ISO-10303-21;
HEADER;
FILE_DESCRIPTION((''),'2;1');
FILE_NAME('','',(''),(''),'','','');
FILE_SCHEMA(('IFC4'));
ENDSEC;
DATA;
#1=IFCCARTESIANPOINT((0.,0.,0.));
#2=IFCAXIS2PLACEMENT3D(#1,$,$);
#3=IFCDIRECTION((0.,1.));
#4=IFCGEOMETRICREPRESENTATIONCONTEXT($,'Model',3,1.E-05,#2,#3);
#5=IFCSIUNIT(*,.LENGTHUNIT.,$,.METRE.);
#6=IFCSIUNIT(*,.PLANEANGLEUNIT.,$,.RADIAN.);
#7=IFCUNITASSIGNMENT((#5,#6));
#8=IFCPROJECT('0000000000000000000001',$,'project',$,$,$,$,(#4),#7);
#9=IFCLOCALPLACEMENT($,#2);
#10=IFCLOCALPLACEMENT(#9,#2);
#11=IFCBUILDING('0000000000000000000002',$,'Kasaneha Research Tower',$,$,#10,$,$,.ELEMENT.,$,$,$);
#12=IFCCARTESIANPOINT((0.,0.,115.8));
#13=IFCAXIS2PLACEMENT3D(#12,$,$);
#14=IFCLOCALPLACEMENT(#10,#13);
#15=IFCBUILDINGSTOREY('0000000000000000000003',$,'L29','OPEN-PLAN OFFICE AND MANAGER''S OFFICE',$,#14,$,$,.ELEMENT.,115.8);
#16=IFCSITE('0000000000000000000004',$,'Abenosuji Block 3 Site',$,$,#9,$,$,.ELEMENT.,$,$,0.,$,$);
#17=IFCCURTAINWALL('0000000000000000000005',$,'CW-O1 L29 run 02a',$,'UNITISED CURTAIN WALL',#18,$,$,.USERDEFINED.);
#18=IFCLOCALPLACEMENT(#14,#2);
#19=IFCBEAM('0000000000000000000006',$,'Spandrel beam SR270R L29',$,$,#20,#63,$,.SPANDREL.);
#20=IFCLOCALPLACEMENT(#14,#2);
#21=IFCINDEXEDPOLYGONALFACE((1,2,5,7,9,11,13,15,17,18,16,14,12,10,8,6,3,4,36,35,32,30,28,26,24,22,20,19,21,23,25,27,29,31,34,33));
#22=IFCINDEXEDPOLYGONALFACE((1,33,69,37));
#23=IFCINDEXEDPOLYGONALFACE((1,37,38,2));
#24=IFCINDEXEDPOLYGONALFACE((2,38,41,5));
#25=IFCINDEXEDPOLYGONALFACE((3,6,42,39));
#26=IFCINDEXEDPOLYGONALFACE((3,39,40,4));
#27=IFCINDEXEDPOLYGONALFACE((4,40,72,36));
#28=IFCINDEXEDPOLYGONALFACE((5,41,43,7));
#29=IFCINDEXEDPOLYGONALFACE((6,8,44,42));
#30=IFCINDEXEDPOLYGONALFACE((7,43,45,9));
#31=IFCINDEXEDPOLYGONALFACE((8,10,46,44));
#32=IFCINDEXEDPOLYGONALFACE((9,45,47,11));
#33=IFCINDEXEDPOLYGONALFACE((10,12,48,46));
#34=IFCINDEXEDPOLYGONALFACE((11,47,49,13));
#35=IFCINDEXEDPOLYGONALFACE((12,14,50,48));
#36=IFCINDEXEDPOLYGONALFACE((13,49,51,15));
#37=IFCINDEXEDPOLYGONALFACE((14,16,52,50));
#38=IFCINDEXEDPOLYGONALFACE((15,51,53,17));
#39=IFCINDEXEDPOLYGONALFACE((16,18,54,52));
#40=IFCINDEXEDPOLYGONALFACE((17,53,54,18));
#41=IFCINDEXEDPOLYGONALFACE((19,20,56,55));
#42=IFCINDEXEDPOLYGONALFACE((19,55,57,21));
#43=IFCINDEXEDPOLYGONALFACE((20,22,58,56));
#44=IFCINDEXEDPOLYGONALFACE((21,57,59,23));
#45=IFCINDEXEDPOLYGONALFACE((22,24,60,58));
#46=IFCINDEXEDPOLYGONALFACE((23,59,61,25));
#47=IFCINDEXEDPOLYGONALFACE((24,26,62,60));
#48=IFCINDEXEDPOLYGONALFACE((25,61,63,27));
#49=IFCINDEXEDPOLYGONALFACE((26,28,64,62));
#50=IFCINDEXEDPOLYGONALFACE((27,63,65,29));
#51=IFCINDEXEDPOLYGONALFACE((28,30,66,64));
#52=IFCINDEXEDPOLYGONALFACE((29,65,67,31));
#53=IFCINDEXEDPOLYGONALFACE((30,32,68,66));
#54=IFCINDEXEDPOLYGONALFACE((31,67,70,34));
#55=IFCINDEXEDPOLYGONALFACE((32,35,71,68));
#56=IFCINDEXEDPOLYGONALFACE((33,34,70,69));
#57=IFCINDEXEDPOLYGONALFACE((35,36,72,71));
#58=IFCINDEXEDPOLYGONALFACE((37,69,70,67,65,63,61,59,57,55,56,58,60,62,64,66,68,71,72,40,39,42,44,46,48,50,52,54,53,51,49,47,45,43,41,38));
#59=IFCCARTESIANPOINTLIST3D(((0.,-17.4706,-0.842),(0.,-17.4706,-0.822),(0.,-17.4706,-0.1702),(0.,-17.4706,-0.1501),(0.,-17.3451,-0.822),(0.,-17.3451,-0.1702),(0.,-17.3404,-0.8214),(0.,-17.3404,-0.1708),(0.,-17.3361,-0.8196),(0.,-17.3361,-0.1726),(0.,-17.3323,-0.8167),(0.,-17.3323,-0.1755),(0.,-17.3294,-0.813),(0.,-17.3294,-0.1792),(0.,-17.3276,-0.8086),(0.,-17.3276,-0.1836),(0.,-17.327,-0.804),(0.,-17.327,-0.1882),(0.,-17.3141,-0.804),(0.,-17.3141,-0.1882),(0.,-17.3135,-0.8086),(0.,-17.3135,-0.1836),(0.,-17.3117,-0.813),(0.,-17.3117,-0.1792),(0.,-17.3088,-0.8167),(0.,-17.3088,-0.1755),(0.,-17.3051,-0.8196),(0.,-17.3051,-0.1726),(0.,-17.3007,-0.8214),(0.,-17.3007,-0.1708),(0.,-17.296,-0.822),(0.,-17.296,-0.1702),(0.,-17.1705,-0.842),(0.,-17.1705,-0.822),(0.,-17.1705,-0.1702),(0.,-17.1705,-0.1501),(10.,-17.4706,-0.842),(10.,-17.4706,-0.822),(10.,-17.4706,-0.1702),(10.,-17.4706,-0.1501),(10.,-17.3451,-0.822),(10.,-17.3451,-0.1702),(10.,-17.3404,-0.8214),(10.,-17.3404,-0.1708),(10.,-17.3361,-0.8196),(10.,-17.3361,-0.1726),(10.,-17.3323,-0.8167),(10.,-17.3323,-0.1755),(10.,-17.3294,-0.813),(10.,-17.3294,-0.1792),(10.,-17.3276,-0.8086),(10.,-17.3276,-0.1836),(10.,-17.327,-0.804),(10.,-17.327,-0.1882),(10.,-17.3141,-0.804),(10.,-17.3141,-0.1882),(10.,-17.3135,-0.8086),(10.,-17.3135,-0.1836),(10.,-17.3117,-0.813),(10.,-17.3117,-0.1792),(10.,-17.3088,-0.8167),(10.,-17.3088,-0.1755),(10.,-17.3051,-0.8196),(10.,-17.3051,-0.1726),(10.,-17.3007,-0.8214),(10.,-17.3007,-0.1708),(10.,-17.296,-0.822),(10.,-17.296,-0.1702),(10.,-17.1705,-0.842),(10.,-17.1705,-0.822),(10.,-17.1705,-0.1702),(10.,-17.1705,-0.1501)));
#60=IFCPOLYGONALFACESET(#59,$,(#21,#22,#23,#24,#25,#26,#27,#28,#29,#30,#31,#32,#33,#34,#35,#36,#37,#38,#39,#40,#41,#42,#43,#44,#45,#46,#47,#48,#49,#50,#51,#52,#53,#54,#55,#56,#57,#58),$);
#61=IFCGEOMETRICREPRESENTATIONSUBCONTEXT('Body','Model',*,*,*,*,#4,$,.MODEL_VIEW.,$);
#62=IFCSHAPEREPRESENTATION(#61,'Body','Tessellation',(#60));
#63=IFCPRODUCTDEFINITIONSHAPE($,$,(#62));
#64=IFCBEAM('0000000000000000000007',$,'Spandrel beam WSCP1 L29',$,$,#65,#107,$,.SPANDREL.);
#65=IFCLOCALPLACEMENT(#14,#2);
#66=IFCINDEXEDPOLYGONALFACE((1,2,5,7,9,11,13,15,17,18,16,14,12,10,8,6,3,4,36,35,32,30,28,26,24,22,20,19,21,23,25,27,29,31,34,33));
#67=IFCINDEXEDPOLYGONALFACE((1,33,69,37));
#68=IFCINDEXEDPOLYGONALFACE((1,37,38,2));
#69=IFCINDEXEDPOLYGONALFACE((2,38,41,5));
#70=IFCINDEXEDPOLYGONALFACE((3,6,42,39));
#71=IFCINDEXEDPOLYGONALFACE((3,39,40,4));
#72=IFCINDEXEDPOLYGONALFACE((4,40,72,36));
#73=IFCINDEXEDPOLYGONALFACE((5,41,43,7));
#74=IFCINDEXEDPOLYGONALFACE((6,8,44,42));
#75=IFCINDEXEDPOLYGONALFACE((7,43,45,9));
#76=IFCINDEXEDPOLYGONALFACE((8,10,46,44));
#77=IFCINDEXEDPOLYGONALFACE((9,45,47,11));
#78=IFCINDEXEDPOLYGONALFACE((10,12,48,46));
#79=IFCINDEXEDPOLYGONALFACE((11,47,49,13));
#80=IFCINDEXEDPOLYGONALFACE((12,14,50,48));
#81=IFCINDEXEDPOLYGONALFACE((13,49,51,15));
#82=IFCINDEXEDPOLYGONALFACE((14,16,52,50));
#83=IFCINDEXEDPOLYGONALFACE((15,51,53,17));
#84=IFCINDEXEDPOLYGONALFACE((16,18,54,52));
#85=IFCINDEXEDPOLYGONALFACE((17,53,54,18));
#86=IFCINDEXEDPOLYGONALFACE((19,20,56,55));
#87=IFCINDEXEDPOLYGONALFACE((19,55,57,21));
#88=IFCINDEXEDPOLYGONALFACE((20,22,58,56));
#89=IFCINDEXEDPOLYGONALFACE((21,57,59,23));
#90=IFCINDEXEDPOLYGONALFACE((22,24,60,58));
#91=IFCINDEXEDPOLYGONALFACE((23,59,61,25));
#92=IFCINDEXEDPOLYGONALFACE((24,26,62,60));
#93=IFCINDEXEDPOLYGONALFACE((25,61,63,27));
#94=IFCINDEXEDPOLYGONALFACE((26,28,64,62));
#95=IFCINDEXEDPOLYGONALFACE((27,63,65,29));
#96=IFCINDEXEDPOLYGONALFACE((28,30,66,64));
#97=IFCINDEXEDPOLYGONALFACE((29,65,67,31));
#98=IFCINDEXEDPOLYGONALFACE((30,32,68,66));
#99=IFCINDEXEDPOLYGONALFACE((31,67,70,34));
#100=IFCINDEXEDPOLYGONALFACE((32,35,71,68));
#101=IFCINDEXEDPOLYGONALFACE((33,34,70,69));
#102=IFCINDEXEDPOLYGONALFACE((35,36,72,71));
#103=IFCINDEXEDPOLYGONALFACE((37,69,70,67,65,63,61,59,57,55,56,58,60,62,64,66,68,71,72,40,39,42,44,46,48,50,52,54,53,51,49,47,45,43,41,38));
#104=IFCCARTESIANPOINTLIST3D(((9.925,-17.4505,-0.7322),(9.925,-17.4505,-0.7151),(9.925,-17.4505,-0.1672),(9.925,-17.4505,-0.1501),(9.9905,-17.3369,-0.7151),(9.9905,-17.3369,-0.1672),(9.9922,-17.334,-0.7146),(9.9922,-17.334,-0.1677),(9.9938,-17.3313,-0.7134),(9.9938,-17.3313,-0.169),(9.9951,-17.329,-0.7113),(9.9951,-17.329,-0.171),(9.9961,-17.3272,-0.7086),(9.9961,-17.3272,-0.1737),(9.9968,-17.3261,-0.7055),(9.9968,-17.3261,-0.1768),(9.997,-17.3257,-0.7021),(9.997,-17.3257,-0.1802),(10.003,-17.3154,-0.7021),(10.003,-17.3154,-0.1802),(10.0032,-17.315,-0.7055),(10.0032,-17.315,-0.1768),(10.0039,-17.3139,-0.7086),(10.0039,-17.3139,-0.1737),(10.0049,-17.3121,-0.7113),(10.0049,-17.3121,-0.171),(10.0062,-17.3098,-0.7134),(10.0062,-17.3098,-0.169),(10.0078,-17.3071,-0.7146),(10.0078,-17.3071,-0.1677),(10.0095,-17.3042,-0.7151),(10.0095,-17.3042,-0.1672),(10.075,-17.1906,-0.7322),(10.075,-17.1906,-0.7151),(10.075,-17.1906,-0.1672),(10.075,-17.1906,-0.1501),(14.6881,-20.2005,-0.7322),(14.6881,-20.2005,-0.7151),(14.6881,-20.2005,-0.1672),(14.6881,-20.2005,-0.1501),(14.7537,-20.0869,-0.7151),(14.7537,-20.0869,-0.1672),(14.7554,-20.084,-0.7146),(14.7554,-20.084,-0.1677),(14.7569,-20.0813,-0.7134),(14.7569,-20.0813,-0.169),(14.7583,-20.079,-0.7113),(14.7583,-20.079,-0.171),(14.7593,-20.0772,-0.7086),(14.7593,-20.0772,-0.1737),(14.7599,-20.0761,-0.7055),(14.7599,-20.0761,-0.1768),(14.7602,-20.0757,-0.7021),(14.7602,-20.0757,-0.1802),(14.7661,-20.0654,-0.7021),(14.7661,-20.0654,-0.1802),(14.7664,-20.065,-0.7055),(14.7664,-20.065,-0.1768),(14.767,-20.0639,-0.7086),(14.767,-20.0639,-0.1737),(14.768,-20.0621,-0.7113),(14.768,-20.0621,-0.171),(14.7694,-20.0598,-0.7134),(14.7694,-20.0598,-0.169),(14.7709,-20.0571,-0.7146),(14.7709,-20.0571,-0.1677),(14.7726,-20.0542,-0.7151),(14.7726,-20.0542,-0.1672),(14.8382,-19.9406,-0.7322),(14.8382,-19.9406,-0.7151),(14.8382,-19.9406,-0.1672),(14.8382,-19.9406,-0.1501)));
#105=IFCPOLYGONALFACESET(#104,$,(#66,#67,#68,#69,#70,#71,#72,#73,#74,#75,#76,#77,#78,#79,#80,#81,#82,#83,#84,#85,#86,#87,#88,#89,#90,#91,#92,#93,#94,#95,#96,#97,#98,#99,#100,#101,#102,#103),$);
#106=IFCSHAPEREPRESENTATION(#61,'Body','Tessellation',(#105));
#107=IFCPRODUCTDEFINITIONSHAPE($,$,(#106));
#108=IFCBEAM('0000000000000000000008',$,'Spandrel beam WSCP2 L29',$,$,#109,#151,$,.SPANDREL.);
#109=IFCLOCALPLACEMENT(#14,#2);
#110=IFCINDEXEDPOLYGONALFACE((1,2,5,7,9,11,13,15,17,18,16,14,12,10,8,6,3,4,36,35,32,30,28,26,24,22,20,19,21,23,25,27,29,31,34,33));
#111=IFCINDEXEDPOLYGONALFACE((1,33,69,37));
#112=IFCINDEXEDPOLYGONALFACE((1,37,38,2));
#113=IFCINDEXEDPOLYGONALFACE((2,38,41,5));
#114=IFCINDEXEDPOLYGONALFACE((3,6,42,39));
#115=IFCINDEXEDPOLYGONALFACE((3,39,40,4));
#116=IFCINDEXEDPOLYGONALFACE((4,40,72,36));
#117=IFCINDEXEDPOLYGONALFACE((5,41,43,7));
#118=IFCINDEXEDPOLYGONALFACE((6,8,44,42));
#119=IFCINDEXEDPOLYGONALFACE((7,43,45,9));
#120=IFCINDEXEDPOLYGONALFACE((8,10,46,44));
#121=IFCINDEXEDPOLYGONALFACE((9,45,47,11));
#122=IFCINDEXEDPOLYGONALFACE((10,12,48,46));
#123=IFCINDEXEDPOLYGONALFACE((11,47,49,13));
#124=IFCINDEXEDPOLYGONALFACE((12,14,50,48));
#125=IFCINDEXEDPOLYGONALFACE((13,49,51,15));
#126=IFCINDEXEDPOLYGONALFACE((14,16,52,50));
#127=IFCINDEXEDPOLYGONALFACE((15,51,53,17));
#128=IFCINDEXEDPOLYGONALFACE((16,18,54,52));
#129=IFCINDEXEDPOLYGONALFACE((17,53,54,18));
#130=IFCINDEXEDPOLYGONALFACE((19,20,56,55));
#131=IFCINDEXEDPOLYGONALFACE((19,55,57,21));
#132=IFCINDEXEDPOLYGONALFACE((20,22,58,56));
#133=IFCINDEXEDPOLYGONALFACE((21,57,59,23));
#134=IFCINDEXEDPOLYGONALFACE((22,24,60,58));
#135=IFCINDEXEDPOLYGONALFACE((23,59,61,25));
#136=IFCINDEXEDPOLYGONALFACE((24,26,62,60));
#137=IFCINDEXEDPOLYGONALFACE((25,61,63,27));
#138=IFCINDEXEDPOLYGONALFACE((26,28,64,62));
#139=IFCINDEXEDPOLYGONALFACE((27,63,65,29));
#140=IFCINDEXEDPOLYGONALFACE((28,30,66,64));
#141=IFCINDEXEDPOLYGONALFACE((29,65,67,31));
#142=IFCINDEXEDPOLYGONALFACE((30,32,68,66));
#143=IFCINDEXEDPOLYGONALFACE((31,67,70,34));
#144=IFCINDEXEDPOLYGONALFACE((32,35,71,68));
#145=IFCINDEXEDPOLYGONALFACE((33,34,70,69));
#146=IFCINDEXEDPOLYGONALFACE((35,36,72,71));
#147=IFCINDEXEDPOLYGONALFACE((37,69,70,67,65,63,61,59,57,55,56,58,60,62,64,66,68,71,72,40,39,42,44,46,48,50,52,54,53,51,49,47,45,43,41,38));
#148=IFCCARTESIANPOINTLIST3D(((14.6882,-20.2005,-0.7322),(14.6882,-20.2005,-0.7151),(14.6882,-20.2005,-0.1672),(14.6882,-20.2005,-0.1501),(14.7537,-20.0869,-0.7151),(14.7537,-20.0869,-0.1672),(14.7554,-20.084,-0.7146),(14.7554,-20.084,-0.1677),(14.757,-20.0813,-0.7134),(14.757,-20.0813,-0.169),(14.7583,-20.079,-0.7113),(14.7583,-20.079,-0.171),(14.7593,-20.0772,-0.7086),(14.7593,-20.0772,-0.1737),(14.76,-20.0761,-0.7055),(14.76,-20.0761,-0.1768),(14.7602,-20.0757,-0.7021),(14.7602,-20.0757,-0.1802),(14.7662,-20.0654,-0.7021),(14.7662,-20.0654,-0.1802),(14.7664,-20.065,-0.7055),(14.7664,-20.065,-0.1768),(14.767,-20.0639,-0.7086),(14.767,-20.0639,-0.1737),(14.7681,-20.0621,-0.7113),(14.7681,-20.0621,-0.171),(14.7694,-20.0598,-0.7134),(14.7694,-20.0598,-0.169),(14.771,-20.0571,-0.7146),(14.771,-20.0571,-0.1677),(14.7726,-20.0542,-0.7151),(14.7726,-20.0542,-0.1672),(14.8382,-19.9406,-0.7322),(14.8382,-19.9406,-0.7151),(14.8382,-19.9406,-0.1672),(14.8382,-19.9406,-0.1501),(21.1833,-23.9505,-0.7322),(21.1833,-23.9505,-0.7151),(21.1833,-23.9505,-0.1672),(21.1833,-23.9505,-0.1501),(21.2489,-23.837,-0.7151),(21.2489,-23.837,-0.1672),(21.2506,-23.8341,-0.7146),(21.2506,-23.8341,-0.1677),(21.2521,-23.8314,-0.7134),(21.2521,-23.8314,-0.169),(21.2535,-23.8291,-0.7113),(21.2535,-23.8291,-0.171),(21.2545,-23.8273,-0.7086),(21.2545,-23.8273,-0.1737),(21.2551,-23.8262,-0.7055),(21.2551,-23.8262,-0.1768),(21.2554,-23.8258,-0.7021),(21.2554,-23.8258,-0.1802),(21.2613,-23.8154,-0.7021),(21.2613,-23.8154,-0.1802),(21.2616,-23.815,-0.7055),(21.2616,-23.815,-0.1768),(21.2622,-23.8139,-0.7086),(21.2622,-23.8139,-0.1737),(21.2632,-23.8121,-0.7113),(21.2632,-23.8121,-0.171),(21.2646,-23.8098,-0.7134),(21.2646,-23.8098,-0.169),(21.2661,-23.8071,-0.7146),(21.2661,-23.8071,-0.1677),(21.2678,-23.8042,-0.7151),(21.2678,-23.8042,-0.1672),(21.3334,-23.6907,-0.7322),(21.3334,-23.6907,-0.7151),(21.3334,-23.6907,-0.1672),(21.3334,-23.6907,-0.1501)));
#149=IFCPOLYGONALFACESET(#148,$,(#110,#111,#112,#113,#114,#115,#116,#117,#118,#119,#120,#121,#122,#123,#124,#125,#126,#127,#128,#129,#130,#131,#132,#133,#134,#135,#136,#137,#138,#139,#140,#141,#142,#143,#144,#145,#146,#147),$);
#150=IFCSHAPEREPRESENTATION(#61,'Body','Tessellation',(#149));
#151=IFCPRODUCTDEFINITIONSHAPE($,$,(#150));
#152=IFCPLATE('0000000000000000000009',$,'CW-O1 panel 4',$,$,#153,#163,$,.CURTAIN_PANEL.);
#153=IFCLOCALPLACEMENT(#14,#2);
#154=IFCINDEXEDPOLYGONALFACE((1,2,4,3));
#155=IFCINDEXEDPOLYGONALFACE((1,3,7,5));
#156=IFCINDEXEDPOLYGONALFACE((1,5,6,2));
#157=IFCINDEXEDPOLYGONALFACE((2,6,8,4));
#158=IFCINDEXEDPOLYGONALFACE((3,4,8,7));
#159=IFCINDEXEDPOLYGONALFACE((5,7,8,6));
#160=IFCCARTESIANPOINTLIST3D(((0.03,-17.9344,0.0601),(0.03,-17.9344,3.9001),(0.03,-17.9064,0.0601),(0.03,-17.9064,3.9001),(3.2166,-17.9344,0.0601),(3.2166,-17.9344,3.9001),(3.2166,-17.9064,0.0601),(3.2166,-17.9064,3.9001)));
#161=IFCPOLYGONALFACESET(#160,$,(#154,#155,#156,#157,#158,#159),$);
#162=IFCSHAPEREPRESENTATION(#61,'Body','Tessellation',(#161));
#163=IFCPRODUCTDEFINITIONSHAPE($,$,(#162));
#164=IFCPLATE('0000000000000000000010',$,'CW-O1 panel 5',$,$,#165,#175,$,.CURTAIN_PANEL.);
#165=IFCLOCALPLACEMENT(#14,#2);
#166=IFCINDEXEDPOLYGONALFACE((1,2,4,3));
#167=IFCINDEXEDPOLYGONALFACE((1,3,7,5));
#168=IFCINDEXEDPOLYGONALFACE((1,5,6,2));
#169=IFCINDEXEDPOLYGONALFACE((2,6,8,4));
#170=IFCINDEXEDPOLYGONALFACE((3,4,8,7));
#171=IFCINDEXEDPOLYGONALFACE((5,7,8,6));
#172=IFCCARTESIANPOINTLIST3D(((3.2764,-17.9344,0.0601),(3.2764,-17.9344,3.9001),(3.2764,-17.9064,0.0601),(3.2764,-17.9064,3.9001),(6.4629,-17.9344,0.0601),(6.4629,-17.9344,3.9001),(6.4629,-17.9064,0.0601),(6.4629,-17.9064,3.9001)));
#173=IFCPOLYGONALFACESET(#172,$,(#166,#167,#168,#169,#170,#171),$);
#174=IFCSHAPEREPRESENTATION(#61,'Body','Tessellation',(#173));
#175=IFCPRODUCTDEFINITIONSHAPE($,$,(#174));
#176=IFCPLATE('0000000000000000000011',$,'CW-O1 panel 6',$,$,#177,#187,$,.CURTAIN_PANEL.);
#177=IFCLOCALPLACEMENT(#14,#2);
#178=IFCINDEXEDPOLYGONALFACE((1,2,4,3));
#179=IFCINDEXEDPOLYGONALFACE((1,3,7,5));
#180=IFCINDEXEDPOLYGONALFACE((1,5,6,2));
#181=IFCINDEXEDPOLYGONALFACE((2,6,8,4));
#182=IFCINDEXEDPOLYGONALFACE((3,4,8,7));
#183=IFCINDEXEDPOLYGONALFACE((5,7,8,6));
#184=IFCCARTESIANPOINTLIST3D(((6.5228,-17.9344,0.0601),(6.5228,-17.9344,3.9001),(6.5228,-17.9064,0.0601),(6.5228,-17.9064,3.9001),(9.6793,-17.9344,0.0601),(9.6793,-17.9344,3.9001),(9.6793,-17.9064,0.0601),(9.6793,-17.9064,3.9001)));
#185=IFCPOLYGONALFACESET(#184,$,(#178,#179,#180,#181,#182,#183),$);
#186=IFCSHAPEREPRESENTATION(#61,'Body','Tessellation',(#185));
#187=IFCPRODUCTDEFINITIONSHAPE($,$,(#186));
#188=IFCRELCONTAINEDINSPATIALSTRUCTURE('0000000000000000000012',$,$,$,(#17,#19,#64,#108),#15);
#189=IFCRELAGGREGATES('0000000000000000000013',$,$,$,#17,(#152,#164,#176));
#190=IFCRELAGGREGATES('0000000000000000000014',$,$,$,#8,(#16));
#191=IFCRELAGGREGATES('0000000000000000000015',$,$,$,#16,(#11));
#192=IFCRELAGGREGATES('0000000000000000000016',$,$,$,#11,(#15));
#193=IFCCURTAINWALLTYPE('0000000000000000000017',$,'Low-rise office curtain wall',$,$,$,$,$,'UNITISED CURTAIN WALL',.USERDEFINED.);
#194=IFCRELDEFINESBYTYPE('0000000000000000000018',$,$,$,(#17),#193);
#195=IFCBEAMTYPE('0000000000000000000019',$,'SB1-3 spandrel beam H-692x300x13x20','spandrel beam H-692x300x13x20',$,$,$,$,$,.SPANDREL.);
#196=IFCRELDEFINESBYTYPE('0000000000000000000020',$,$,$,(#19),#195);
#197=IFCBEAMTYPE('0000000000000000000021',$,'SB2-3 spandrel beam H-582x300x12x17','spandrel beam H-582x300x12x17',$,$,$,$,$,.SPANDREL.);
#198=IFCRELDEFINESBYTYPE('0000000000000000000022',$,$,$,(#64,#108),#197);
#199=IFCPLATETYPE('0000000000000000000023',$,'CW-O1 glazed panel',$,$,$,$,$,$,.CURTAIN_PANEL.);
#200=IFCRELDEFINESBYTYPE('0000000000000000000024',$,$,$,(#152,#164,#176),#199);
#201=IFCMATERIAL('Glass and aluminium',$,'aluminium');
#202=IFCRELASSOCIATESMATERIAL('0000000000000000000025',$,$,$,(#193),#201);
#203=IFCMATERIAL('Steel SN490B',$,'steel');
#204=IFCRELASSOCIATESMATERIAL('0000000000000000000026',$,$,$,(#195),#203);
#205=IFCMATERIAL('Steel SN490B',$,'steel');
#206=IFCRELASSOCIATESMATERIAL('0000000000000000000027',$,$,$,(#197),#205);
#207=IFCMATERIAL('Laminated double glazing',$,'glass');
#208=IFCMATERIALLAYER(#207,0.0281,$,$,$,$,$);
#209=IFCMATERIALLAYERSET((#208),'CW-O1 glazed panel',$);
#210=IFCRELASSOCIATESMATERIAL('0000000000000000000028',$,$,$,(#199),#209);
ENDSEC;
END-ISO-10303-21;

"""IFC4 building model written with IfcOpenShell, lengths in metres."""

from ifc_helpers import new_model, si_unit, direction, frame, origin, origin_2d, place, context, subcontext, project, spatial, rectangle, i_section, extrude, material, layer, layer_set, material_profile, profile_set, type_object, element, aggregate, save


model = new_model("IFC4")

# Units and contexts
model_context = context("Model", 3, precision=1e-05, world=origin(), true_north=direction((0.0, 1.0)))
body_context = subcontext(model_context, "Body", "Model", "MODEL_VIEW")
ifc_project = project(units=[si_unit("LENGTHUNIT", "METRE"), si_unit("PLANEANGLEUNIT", "RADIAN")], contexts=[model_context])

# Site, building, storey
site_placement = place(None, origin())
site = spatial("IfcSite", under=ifc_project, at=site_placement, Name="Abenosuji Block 3 Site", CompositionType="ELEMENT", RefElevation=0.0)
building_placement = place(site_placement, origin())
building = spatial("IfcBuilding", under=site, at=building_placement, Name="Kasaneha Research Tower", CompositionType="ELEMENT")
storey_placement = place(building_placement, frame((0.0, 0.0, 115.8)))
storey = spatial("IfcBuildingStorey", under=building, at=storey_placement, Name="L29", Description="OPEN-PLAN OFFICE AND MANAGER'S OFFICE", CompositionType="ELEMENT", Elevation=115.8)

# Curtain wall
ifc_material_1 = material(Name="Glass and aluminium", Category="aluminium")
curtain_wall_type = type_object("IfcCurtainWallType", Name="Low-rise office curtain wall", ElementType="UNITISED CURTAIN WALL", PredefinedType="USERDEFINED", material=ifc_material_1)
curtain_wall_1_placement = place(storey_placement, origin())
curtain_wall_1 = element("IfcCurtainWall", 1, at=curtain_wall_1_placement, inside=storey, type_object=curtain_wall_type, Name="CW-O1 L29 run 02a", ObjectType="UNITISED CURTAIN WALL", PredefinedType="USERDEFINED")

# Beams
ifc_material_2 = material(Name="Steel SN490B", Category="steel")
ifc_material_profile_1 = material_profile(ifc_material_2, i_section(OverallWidth=0.3, OverallDepth=0.6919, WebThickness=0.0129, FlangeThickness=0.02, FilletRadius=0.0181, at=origin_2d()), Name="H-692x300x13x20")
ifc_profile_set_1 = profile_set([ifc_material_profile_1], Name="Steel SN490B")
beam_type_1 = type_object("IfcBeamType", Name="SB1-3 spandrel beam H-692x300x13x20", Description="spandrel beam H-692x300x13x20", PredefinedType="SPANDREL", material=ifc_profile_set_1)
beam_1_placement = place(storey_placement, frame((10.0, -17.3206, -0.4961), z_axis=(-1.0, 0.0, 0.0), x_axis=(0.0, -1.0, 0.0)))
element("IfcBeam", 2, at=beam_1_placement, inside=storey, type_object=beam_type_1, Name="Spandrel beam SR270R L29", PredefinedType="SPANDREL", context=body_context, shape_type="SweptSolid", body=[
    extrude(i_section(OverallWidth=0.3, OverallDepth=0.6919, WebThickness=0.0129, FlangeThickness=0.02, FilletRadius=0.0181, at=origin_2d()), origin(), (0.0, 0.0, 1.0), 10.0),
])
ifc_material_3 = material(Name="Steel SN490B", Category="steel")
ifc_material_profile_2 = material_profile(ifc_material_3, i_section(OverallWidth=0.3, OverallDepth=0.582, WebThickness=0.012, FlangeThickness=0.0171, FilletRadius=0.0129, at=origin_2d()), Name="H-582x300x12x17")
ifc_profile_set_2 = profile_set([ifc_material_profile_2], Name="Steel SN490B")
beam_type_2 = type_object("IfcBeamType", Name="SB2-3 spandrel beam H-582x300x12x17", Description="spandrel beam H-582x300x12x17", PredefinedType="SPANDREL", material=ifc_profile_set_2)
beam_2_placement = place(storey_placement, frame((10.0, -17.3206, -0.4412), z_axis=(0.866027, -0.499997, 0.0), x_axis=(0.499997, 0.866027, 0.0)))
element("IfcBeam", 3, at=beam_2_placement, inside=storey, type_object=beam_type_2, Name="Spandrel beam WSCP1 L29", PredefinedType="SPANDREL", context=body_context, shape_type="SweptSolid", body=[
    extrude(i_section(OverallWidth=0.3, OverallDepth=0.582, WebThickness=0.012, FlangeThickness=0.0171, FilletRadius=0.0129, at=origin_2d()), origin(), (0.0, 0.0, 1.0), 5.5),
])
beam_3_placement = place(storey_placement, frame((14.7632, -20.0706, -0.4412), z_axis=(0.866023, -0.500004, 0.0), x_axis=(0.500004, 0.866023, 0.0)))
element("IfcBeam", 4, at=beam_3_placement, inside=storey, type_object=beam_type_2, Name="Spandrel beam WSCP2 L29", PredefinedType="SPANDREL", context=body_context, shape_type="SweptSolid", body=[
    extrude(i_section(OverallWidth=0.3, OverallDepth=0.582, WebThickness=0.012, FlangeThickness=0.0171, FilletRadius=0.0129, at=origin_2d()), origin(), (0.0, 0.0, 1.0), 7.5),
])

# Plates
ifc_material_4 = material(Name="Laminated double glazing", Category="glass")
ifc_layer_1 = layer(ifc_material_4, 0.0281)
ifc_layer_set_1 = layer_set([ifc_layer_1], Name="CW-O1 glazed panel")
plate_type = type_object("IfcPlateType", Name="CW-O1 glazed panel", PredefinedType="CURTAIN_PANEL", material=ifc_layer_set_1)
plate_1_placement = place(storey_placement, frame((1.6233, -17.9204, 0.0601), z_axis=(0.0, 0.0, 1.0), x_axis=(1.0, 0.0, 0.0)))
plate_1 = element("IfcPlate", 5, at=plate_1_placement, type_object=plate_type, Name="CW-O1 panel 4", PredefinedType="CURTAIN_PANEL", context=body_context, shape_type="SweptSolid", body=[
    extrude(rectangle(XDim=3.1865, YDim=0.0281, at=origin_2d()), origin(), (0.0, 0.0, 1.0), 3.8401),
])
plate_2_placement = place(storey_placement, frame((4.8696, -17.9204, 0.0601), z_axis=(0.0, 0.0, 1.0), x_axis=(1.0, 0.0, 0.0)))
plate_2 = element("IfcPlate", 6, at=plate_2_placement, type_object=plate_type, Name="CW-O1 panel 5", PredefinedType="CURTAIN_PANEL", context=body_context, shape_type="SweptSolid", body=[
    extrude(rectangle(XDim=3.1865, YDim=0.0281, at=origin_2d()), origin(), (0.0, 0.0, 1.0), 3.8401),
])
plate_3_placement = place(storey_placement, frame((8.1011, -17.9204, 0.0601), z_axis=(0.0, 0.0, 1.0), x_axis=(1.0, 0.0, 0.0)))
plate_3 = element("IfcPlate", 7, at=plate_3_placement, type_object=plate_type, Name="CW-O1 panel 6", PredefinedType="CURTAIN_PANEL", context=body_context, shape_type="SweptSolid", body=[
    extrude(rectangle(XDim=3.1565, YDim=0.0281, at=origin_2d()), origin(), (0.0, 0.0, 1.0), 3.8401),
])
aggregate(curtain_wall_1, [plate_1, plate_2, plate_3])

save(model, "model.ifc")
